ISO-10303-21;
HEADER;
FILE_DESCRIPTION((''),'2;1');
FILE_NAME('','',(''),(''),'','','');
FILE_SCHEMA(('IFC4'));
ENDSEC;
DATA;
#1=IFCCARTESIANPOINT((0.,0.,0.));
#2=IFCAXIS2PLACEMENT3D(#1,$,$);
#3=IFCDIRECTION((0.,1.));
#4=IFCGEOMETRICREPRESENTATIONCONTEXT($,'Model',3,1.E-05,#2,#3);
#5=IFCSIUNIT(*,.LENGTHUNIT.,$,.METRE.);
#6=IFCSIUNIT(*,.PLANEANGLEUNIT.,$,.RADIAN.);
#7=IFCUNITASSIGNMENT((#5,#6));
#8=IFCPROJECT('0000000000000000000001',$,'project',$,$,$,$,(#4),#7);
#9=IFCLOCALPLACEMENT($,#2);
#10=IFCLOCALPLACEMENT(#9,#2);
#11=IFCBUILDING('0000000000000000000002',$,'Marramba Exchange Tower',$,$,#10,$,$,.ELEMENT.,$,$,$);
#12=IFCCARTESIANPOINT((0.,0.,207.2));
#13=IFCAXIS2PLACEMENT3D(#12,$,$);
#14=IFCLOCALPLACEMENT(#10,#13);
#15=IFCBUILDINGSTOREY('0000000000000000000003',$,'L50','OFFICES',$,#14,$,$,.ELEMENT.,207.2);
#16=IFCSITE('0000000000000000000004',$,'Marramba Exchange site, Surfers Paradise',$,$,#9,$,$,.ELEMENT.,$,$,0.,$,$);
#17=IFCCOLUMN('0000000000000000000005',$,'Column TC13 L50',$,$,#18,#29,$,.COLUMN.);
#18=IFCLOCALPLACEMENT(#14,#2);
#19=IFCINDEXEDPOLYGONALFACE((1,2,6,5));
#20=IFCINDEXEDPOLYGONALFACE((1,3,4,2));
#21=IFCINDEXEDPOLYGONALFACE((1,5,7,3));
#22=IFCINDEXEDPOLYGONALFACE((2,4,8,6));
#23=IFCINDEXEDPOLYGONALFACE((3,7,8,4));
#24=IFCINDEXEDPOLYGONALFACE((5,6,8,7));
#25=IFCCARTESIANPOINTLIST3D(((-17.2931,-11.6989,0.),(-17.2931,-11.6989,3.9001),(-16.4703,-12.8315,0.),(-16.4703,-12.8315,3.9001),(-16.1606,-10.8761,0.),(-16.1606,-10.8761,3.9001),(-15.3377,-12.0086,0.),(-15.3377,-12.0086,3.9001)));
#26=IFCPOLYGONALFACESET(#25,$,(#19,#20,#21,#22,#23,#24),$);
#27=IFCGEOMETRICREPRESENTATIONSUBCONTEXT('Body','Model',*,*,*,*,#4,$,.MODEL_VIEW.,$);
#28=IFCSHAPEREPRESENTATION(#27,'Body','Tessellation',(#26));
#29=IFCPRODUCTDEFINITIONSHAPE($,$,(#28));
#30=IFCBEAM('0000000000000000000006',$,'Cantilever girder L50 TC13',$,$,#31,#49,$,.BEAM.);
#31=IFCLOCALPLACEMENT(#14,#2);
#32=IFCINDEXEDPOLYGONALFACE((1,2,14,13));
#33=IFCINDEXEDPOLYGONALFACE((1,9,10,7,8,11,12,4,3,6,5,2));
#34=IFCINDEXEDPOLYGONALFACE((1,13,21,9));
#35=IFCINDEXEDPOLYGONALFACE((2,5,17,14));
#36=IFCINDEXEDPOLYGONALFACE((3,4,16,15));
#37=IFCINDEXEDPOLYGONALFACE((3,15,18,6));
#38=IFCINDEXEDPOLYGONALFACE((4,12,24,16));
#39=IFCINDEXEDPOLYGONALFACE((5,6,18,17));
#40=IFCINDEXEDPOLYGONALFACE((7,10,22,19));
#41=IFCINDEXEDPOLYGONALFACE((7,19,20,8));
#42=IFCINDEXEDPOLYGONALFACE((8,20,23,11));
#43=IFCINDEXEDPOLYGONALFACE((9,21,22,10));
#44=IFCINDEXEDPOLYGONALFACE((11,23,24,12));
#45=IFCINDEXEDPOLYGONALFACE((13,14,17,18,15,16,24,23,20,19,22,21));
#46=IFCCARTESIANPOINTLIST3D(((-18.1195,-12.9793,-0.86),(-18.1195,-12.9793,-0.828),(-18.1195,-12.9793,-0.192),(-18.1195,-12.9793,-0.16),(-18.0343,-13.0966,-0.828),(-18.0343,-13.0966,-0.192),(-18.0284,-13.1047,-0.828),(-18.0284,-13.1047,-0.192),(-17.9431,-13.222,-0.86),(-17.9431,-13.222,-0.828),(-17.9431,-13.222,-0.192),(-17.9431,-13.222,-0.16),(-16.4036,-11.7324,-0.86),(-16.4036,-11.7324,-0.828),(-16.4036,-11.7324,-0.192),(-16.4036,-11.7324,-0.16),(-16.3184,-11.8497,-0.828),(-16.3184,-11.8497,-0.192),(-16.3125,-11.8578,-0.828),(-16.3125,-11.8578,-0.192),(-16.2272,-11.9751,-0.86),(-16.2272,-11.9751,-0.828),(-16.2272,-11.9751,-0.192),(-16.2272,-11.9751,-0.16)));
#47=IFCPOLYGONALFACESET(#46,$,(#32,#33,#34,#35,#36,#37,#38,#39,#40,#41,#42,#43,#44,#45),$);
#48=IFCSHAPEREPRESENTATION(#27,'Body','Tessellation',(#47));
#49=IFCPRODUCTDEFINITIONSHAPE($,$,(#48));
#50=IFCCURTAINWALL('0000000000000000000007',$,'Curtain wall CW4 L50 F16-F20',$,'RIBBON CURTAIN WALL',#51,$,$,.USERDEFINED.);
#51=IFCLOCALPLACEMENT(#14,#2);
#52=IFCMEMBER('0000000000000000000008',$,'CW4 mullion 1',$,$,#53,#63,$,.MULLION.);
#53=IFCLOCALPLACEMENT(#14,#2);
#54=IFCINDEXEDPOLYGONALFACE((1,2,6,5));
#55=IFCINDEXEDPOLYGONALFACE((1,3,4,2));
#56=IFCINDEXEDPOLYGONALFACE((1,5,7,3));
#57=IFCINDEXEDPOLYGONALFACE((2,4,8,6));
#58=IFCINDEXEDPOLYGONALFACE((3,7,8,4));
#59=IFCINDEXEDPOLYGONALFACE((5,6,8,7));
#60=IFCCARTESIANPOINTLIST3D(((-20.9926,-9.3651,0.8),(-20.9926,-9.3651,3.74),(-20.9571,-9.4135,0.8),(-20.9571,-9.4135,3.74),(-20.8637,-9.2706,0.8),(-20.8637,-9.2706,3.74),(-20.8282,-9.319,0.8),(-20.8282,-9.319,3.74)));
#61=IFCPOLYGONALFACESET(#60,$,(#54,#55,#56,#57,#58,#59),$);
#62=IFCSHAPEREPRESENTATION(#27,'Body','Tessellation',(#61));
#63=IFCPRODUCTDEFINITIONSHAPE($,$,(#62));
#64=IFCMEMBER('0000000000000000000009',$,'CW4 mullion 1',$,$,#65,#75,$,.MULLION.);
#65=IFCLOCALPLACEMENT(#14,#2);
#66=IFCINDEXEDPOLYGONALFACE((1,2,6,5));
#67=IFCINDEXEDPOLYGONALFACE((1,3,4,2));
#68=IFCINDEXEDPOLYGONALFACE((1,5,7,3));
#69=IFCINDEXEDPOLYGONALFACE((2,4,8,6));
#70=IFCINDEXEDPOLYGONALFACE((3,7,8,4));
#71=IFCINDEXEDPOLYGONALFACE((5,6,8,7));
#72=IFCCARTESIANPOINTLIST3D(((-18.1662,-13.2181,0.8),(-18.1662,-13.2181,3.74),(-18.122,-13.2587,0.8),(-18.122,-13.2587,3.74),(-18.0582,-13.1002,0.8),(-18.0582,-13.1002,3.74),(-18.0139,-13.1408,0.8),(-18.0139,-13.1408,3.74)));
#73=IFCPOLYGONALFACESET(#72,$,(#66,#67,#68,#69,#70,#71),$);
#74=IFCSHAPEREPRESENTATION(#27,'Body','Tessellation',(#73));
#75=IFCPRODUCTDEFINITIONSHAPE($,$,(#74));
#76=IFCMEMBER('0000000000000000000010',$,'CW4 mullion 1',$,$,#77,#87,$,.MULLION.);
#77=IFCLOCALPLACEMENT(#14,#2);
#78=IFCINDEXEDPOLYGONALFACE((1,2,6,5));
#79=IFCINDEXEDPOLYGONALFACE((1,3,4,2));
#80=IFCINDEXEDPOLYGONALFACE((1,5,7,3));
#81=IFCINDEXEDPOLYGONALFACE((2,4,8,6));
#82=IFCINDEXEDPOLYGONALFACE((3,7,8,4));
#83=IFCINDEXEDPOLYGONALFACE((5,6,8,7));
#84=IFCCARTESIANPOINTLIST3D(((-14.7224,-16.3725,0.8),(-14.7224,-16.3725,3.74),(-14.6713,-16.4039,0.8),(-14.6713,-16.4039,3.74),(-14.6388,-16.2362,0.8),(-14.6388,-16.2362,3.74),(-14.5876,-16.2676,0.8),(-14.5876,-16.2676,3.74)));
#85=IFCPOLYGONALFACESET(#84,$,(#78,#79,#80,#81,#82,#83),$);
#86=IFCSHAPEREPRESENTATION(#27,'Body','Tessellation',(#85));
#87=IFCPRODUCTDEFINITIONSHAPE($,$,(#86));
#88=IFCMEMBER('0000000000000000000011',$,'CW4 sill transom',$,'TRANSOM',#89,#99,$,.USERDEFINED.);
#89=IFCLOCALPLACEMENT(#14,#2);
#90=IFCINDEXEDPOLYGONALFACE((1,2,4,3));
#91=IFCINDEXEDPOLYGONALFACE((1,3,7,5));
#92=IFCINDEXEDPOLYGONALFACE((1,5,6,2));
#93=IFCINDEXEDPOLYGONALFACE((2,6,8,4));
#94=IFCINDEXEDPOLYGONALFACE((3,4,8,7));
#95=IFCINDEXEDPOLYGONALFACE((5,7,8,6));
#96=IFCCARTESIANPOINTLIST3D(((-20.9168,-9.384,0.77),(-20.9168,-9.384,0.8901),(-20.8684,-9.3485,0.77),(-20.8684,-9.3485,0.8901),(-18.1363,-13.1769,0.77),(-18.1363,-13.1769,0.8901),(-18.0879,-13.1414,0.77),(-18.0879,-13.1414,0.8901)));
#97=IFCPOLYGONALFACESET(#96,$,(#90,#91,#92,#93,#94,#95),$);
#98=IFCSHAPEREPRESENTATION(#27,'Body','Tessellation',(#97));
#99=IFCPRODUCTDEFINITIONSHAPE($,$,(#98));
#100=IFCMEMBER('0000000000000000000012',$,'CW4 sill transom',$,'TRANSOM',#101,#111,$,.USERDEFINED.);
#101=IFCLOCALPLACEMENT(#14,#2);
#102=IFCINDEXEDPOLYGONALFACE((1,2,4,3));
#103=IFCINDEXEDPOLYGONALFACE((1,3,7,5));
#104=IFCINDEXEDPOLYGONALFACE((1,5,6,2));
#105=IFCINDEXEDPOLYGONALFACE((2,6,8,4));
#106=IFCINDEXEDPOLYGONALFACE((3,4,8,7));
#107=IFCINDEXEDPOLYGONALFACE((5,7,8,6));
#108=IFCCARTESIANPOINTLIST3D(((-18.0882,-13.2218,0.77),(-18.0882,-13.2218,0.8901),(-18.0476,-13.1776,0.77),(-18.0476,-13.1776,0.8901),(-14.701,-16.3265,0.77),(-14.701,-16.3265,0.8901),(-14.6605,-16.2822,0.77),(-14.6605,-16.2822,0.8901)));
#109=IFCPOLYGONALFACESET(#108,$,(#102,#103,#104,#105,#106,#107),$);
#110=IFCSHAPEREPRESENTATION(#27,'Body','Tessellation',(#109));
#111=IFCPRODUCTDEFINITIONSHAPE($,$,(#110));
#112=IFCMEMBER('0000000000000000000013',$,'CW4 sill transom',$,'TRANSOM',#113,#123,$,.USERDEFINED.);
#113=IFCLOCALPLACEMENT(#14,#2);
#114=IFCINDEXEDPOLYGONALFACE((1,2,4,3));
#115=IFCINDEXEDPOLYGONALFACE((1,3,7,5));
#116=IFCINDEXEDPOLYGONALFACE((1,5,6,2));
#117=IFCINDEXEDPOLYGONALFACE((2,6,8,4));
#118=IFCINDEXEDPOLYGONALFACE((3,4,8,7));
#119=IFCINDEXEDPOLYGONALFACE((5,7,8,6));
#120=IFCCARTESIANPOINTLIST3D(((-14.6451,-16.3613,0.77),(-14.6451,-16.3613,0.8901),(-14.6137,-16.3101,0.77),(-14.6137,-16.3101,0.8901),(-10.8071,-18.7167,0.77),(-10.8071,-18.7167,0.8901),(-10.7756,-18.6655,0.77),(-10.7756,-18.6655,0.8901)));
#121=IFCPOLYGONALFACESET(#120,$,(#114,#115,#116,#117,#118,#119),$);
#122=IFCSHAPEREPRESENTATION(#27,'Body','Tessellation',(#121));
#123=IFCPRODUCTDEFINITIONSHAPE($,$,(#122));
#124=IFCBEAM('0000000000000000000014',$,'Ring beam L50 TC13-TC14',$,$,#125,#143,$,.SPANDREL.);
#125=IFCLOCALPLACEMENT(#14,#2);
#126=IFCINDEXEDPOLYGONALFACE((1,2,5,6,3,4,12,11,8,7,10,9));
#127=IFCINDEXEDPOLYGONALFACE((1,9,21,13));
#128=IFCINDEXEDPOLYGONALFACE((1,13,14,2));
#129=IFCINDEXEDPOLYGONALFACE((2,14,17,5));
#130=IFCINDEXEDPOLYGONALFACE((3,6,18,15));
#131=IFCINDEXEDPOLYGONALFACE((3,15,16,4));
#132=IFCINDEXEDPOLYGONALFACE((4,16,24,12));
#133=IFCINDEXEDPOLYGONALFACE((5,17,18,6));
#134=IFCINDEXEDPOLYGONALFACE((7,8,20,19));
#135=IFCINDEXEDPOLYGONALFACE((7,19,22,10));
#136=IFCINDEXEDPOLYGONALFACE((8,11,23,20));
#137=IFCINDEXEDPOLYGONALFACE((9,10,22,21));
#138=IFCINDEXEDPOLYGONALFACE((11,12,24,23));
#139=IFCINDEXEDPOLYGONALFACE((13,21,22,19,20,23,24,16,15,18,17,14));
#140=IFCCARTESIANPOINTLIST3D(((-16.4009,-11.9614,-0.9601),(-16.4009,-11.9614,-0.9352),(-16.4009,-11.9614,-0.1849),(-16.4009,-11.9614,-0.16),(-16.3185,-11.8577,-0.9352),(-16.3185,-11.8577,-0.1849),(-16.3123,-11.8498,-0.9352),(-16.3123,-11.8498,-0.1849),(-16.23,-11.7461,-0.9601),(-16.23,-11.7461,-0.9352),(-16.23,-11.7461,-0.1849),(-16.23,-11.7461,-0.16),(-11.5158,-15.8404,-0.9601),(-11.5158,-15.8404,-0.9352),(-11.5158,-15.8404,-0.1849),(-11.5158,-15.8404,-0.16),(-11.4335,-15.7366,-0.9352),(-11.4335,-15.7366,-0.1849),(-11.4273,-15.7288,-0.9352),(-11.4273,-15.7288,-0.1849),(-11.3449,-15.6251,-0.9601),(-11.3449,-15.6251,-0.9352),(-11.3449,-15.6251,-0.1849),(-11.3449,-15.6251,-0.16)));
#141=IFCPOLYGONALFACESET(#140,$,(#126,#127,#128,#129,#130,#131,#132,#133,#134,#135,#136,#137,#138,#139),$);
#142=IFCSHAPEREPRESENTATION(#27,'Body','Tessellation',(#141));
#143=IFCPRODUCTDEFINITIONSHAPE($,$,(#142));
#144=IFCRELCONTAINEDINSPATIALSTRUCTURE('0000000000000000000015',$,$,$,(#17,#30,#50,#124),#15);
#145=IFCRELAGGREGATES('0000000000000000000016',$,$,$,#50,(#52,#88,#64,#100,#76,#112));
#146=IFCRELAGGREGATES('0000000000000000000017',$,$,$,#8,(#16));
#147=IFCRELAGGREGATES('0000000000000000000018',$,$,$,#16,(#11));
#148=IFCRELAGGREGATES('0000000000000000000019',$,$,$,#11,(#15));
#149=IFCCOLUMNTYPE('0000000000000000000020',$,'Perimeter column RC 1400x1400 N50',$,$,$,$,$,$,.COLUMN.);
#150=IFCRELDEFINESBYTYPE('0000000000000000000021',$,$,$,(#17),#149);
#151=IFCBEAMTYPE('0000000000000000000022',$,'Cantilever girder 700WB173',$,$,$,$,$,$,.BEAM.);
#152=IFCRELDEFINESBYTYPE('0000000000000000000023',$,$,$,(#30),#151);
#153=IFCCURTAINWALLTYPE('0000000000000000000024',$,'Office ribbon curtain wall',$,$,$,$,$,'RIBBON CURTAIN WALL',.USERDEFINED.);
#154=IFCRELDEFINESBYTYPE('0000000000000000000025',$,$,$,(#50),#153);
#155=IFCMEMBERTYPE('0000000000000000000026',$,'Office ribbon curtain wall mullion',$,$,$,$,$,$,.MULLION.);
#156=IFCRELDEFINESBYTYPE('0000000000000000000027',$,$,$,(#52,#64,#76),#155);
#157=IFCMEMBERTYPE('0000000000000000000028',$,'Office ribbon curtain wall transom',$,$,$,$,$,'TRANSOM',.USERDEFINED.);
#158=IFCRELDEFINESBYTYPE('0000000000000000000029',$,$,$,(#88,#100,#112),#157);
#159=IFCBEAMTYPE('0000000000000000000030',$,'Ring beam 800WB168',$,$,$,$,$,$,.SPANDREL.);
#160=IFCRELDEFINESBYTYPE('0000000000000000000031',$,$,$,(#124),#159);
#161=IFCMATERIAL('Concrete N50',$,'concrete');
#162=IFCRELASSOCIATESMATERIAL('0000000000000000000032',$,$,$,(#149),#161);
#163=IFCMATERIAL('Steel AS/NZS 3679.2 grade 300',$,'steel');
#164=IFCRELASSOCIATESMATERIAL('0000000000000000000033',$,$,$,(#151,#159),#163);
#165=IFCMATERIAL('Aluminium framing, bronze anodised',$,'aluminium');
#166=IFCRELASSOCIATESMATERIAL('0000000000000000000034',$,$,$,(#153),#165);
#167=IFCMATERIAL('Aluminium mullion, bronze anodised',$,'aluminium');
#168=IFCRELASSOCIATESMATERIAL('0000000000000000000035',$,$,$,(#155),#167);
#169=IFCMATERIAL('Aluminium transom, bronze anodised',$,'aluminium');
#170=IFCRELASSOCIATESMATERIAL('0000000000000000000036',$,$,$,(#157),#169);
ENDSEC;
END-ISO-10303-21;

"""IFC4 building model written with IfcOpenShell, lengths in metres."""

from ifc_helpers import new_model, si_unit, direction, frame, origin, origin_2d, place, context, subcontext, project, spatial, rectangle, i_section, extrude, material, material_profile, profile_set, type_object, element, aggregate, save


model = new_model("IFC4")

# Units and contexts
model_context = context("Model", 3, precision=1e-05, world=origin(), true_north=direction((0.0, 1.0)))
body_context = subcontext(model_context, "Body", "Model", "MODEL_VIEW")
ifc_project = project(units=[si_unit("LENGTHUNIT", "METRE"), si_unit("PLANEANGLEUNIT", "RADIAN")], contexts=[model_context])

# Site, building, storey
site_placement = place(None, origin())
site = spatial("IfcSite", under=ifc_project, at=site_placement, Name="Marramba Exchange site, Surfers Paradise", CompositionType="ELEMENT", RefElevation=0.0)
building_placement = place(site_placement, origin())
building = spatial("IfcBuilding", under=site, at=building_placement, Name="Marramba Exchange Tower", CompositionType="ELEMENT")
storey_placement = place(building_placement, frame((0.0, 0.0, 207.2)))
storey = spatial("IfcBuildingStorey", under=building, at=storey_placement, Name="L50", Description="OFFICES", CompositionType="ELEMENT", Elevation=207.2)

# Column
ifc_material_1 = material(Name="Concrete N50", Category="concrete")
ifc_material_profile_1 = material_profile(ifc_material_1, rectangle(XDim=1.3999, YDim=1.3999, at=origin_2d()), Name="RC 1400x1400")
ifc_profile_set_1 = profile_set([ifc_material_profile_1], Name="Concrete N50")
column_type = type_object("IfcColumnType", Name="Perimeter column RC 1400x1400 N50", PredefinedType="COLUMN", material=ifc_profile_set_1)
column_placement = place(storey_placement, frame((-16.3154, -11.8538, 0.0), z_axis=(0.0, 0.0, 1.0), x_axis=(-0.809017, -0.587785, 0.0)))
element("IfcColumn", 1, at=column_placement, inside=storey, type_object=column_type, Name="Column TC13 L50", PredefinedType="COLUMN", context=body_context, shape_type="SweptSolid", body=[
    extrude(rectangle(XDim=1.3999, YDim=1.3999, at=origin_2d()), origin(), (0.0, 0.0, 1.0), 3.9001),
])

# Beam
ifc_material_2 = material(Name="Steel AS/NZS 3679.2 grade 300", Category="steel")
ifc_material_profile_2 = material_profile(ifc_material_2, i_section(OverallWidth=0.3, OverallDepth=0.7, WebThickness=0.01, FlangeThickness=0.032, at=origin_2d()), Name="700WB173")
ifc_profile_set_2 = profile_set([ifc_material_profile_2], Name="Steel AS/NZS 3679.2 grade 300")
beam_type_1 = type_object("IfcBeamType", Name="Cantilever girder 700WB173", PredefinedType="BEAM", material=ifc_profile_set_2)
beam_1_placement = place(storey_placement, frame((-16.3154, -11.8538, -0.51), z_axis=(-0.80897, -0.58785, 0.0), x_axis=(0.58785, -0.80897, 0.0)))
element("IfcBeam", 2, at=beam_1_placement, inside=storey, type_object=beam_type_1, Name="Cantilever girder L50 TC13", PredefinedType="BEAM", context=body_context, shape_type="SweptSolid", body=[
    extrude(i_section(OverallWidth=0.3, OverallDepth=0.7, WebThickness=0.01, FlangeThickness=0.032, at=origin_2d()), origin(), (0.0, 0.0, 1.0), 2.1211),
])

# Curtain wall, members
ifc_material_3 = material(Name="Aluminium framing, bronze anodised", Category="aluminium")
curtain_wall_type = type_object("IfcCurtainWallType", Name="Office ribbon curtain wall", ElementType="RIBBON CURTAIN WALL", PredefinedType="USERDEFINED", material=ifc_material_3)
curtain_wall_placement = place(storey_placement, origin())
curtain_wall = element("IfcCurtainWall", 3, at=curtain_wall_placement, inside=storey, type_object=curtain_wall_type, Name="Curtain wall CW4 L50 F16-F20", ObjectType="RIBBON CURTAIN WALL", PredefinedType="USERDEFINED")
ifc_material_4 = material(Name="Aluminium mullion, bronze anodised", Category="aluminium")
ifc_material_profile_3 = material_profile(ifc_material_4, rectangle(XDim=0.1599, YDim=0.0601, at=origin_2d()), Name="CW4 mullion 60x160")
ifc_profile_set_3 = profile_set([ifc_material_profile_3], Name="Aluminium mullion, bronze anodised")
member_type_1 = type_object("IfcMemberType", Name="Office ribbon curtain wall mullion", PredefinedType="MULLION", material=ifc_profile_set_3)
member_1_placement = place(storey_placement, frame((-20.9104, -9.342, 0.8), z_axis=(0.0, 0.0, 1.0), x_axis=(0.806508, 0.591223, 0.0)))
member_1 = element("IfcMember", 4, at=member_1_placement, type_object=member_type_1, Name="CW4 mullion 1", PredefinedType="MULLION", context=body_context, shape_type="SweptSolid", body=[
    extrude(rectangle(XDim=0.1599, YDim=0.0601, at=origin_2d()), origin(), (0.0, 0.0, 1.0), 2.9399),
])
member_2_placement = place(storey_placement, frame((-18.0901, -13.1794, 0.8), z_axis=(0.0, 0.0, 1.0), x_axis=(0.675671, 0.737203, 0.0)))
member_2 = element("IfcMember", 5, at=member_2_placement, type_object=member_type_1, Name="CW4 mullion 1", PredefinedType="MULLION", context=body_context, shape_type="SweptSolid", body=[
    extrude(rectangle(XDim=0.1599, YDim=0.0601, at=origin_2d()), origin(), (0.0, 0.0, 1.0), 2.9399),
])
member_3_placement = place(storey_placement, frame((-14.655, -16.3201, 0.8), z_axis=(0.0, 0.0, 1.0), x_axis=(0.523052, 0.852301, 0.0)))
member_3 = element("IfcMember", 6, at=member_3_placement, type_object=member_type_1, Name="CW4 mullion 1", PredefinedType="MULLION", context=body_context, shape_type="SweptSolid", body=[
    extrude(rectangle(XDim=0.1599, YDim=0.0601, at=origin_2d()), origin(), (0.0, 0.0, 1.0), 2.9399),
])
ifc_material_5 = material(Name="Aluminium transom, bronze anodised", Category="aluminium")
ifc_material_profile_4 = material_profile(ifc_material_5, rectangle(XDim=0.0601, YDim=0.1201, at=origin_2d()), Name="CW4 transom 60x120")
ifc_profile_set_4 = profile_set([ifc_material_profile_4], Name="Aluminium transom, bronze anodised")
member_type_2 = type_object("IfcMemberType", Name="Office ribbon curtain wall transom", ElementType="TRANSOM", PredefinedType="USERDEFINED", material=ifc_profile_set_4)
member_4_placement = place(storey_placement, frame((-20.8926, -9.3662, 0.8301), z_axis=(0.591226, -0.806506, 0.0), x_axis=(0.806506, 0.591226, 0.0)))
member_4 = element("IfcMember", 7, at=member_4_placement, type_object=member_type_2, Name="CW4 sill transom", ObjectType="TRANSOM", PredefinedType="USERDEFINED", context=body_context, shape_type="SweptSolid", body=[
    extrude(rectangle(XDim=0.0601, YDim=0.1201, at=origin_2d()), origin(), (0.0, 0.0, 1.0), 4.7029),
])
member_5_placement = place(storey_placement, frame((-18.0679, -13.1997, 0.8301), z_axis=(0.737176, -0.675701, 0.0), x_axis=(0.675701, 0.737176, 0.0)))
member_5 = element("IfcMember", 8, at=member_5_placement, type_object=member_type_2, Name="CW4 sill transom", ObjectType="TRANSOM", PredefinedType="USERDEFINED", context=body_context, shape_type="SweptSolid", body=[
    extrude(rectangle(XDim=0.0601, YDim=0.1201, at=origin_2d()), origin(), (0.0, 0.0, 1.0), 4.5947),
])
member_6_placement = place(storey_placement, frame((-14.6294, -16.3357, 0.8301), z_axis=(0.852298, -0.523056, 0.0), x_axis=(0.523056, 0.852298, 0.0)))
member_6 = element("IfcMember", 9, at=member_6_placement, type_object=member_type_2, Name="CW4 sill transom", ObjectType="TRANSOM", PredefinedType="USERDEFINED", context=body_context, shape_type="SweptSolid", body=[
    extrude(rectangle(XDim=0.0601, YDim=0.1201, at=origin_2d()), origin(), (0.0, 0.0, 1.0), 4.5032),
])

# Beam
ifc_material_profile_5 = material_profile(ifc_material_2, i_section(OverallWidth=0.2749, OverallDepth=0.8, WebThickness=0.01, FlangeThickness=0.0249, at=origin_2d()), Name="800WB168")
ifc_profile_set_5 = profile_set([ifc_material_profile_5], Name="Steel AS/NZS 3679.2 grade 300")
beam_type_2 = type_object("IfcBeamType", Name="Ring beam 800WB168", PredefinedType="SPANDREL", material=ifc_profile_set_5)
beam_2_placement = place(storey_placement, frame((-16.3154, -11.8538, -0.5601), z_axis=(0.783139, -0.621846, 0.0), x_axis=(0.621846, 0.783139, 0.0)))
element("IfcBeam", 10, at=beam_2_placement, inside=storey, type_object=beam_type_2, Name="Ring beam L50 TC13-TC14", PredefinedType="SPANDREL", context=body_context, shape_type="SweptSolid", body=[
    extrude(i_section(OverallWidth=0.2749, OverallDepth=0.8, WebThickness=0.01, FlangeThickness=0.0249, at=origin_2d()), origin(), (0.0, 0.0, 1.0), 6.2378),
])

aggregate(curtain_wall, [member_1, member_4, member_2, member_5, member_3, member_6])

save(model, "model.ifc")
